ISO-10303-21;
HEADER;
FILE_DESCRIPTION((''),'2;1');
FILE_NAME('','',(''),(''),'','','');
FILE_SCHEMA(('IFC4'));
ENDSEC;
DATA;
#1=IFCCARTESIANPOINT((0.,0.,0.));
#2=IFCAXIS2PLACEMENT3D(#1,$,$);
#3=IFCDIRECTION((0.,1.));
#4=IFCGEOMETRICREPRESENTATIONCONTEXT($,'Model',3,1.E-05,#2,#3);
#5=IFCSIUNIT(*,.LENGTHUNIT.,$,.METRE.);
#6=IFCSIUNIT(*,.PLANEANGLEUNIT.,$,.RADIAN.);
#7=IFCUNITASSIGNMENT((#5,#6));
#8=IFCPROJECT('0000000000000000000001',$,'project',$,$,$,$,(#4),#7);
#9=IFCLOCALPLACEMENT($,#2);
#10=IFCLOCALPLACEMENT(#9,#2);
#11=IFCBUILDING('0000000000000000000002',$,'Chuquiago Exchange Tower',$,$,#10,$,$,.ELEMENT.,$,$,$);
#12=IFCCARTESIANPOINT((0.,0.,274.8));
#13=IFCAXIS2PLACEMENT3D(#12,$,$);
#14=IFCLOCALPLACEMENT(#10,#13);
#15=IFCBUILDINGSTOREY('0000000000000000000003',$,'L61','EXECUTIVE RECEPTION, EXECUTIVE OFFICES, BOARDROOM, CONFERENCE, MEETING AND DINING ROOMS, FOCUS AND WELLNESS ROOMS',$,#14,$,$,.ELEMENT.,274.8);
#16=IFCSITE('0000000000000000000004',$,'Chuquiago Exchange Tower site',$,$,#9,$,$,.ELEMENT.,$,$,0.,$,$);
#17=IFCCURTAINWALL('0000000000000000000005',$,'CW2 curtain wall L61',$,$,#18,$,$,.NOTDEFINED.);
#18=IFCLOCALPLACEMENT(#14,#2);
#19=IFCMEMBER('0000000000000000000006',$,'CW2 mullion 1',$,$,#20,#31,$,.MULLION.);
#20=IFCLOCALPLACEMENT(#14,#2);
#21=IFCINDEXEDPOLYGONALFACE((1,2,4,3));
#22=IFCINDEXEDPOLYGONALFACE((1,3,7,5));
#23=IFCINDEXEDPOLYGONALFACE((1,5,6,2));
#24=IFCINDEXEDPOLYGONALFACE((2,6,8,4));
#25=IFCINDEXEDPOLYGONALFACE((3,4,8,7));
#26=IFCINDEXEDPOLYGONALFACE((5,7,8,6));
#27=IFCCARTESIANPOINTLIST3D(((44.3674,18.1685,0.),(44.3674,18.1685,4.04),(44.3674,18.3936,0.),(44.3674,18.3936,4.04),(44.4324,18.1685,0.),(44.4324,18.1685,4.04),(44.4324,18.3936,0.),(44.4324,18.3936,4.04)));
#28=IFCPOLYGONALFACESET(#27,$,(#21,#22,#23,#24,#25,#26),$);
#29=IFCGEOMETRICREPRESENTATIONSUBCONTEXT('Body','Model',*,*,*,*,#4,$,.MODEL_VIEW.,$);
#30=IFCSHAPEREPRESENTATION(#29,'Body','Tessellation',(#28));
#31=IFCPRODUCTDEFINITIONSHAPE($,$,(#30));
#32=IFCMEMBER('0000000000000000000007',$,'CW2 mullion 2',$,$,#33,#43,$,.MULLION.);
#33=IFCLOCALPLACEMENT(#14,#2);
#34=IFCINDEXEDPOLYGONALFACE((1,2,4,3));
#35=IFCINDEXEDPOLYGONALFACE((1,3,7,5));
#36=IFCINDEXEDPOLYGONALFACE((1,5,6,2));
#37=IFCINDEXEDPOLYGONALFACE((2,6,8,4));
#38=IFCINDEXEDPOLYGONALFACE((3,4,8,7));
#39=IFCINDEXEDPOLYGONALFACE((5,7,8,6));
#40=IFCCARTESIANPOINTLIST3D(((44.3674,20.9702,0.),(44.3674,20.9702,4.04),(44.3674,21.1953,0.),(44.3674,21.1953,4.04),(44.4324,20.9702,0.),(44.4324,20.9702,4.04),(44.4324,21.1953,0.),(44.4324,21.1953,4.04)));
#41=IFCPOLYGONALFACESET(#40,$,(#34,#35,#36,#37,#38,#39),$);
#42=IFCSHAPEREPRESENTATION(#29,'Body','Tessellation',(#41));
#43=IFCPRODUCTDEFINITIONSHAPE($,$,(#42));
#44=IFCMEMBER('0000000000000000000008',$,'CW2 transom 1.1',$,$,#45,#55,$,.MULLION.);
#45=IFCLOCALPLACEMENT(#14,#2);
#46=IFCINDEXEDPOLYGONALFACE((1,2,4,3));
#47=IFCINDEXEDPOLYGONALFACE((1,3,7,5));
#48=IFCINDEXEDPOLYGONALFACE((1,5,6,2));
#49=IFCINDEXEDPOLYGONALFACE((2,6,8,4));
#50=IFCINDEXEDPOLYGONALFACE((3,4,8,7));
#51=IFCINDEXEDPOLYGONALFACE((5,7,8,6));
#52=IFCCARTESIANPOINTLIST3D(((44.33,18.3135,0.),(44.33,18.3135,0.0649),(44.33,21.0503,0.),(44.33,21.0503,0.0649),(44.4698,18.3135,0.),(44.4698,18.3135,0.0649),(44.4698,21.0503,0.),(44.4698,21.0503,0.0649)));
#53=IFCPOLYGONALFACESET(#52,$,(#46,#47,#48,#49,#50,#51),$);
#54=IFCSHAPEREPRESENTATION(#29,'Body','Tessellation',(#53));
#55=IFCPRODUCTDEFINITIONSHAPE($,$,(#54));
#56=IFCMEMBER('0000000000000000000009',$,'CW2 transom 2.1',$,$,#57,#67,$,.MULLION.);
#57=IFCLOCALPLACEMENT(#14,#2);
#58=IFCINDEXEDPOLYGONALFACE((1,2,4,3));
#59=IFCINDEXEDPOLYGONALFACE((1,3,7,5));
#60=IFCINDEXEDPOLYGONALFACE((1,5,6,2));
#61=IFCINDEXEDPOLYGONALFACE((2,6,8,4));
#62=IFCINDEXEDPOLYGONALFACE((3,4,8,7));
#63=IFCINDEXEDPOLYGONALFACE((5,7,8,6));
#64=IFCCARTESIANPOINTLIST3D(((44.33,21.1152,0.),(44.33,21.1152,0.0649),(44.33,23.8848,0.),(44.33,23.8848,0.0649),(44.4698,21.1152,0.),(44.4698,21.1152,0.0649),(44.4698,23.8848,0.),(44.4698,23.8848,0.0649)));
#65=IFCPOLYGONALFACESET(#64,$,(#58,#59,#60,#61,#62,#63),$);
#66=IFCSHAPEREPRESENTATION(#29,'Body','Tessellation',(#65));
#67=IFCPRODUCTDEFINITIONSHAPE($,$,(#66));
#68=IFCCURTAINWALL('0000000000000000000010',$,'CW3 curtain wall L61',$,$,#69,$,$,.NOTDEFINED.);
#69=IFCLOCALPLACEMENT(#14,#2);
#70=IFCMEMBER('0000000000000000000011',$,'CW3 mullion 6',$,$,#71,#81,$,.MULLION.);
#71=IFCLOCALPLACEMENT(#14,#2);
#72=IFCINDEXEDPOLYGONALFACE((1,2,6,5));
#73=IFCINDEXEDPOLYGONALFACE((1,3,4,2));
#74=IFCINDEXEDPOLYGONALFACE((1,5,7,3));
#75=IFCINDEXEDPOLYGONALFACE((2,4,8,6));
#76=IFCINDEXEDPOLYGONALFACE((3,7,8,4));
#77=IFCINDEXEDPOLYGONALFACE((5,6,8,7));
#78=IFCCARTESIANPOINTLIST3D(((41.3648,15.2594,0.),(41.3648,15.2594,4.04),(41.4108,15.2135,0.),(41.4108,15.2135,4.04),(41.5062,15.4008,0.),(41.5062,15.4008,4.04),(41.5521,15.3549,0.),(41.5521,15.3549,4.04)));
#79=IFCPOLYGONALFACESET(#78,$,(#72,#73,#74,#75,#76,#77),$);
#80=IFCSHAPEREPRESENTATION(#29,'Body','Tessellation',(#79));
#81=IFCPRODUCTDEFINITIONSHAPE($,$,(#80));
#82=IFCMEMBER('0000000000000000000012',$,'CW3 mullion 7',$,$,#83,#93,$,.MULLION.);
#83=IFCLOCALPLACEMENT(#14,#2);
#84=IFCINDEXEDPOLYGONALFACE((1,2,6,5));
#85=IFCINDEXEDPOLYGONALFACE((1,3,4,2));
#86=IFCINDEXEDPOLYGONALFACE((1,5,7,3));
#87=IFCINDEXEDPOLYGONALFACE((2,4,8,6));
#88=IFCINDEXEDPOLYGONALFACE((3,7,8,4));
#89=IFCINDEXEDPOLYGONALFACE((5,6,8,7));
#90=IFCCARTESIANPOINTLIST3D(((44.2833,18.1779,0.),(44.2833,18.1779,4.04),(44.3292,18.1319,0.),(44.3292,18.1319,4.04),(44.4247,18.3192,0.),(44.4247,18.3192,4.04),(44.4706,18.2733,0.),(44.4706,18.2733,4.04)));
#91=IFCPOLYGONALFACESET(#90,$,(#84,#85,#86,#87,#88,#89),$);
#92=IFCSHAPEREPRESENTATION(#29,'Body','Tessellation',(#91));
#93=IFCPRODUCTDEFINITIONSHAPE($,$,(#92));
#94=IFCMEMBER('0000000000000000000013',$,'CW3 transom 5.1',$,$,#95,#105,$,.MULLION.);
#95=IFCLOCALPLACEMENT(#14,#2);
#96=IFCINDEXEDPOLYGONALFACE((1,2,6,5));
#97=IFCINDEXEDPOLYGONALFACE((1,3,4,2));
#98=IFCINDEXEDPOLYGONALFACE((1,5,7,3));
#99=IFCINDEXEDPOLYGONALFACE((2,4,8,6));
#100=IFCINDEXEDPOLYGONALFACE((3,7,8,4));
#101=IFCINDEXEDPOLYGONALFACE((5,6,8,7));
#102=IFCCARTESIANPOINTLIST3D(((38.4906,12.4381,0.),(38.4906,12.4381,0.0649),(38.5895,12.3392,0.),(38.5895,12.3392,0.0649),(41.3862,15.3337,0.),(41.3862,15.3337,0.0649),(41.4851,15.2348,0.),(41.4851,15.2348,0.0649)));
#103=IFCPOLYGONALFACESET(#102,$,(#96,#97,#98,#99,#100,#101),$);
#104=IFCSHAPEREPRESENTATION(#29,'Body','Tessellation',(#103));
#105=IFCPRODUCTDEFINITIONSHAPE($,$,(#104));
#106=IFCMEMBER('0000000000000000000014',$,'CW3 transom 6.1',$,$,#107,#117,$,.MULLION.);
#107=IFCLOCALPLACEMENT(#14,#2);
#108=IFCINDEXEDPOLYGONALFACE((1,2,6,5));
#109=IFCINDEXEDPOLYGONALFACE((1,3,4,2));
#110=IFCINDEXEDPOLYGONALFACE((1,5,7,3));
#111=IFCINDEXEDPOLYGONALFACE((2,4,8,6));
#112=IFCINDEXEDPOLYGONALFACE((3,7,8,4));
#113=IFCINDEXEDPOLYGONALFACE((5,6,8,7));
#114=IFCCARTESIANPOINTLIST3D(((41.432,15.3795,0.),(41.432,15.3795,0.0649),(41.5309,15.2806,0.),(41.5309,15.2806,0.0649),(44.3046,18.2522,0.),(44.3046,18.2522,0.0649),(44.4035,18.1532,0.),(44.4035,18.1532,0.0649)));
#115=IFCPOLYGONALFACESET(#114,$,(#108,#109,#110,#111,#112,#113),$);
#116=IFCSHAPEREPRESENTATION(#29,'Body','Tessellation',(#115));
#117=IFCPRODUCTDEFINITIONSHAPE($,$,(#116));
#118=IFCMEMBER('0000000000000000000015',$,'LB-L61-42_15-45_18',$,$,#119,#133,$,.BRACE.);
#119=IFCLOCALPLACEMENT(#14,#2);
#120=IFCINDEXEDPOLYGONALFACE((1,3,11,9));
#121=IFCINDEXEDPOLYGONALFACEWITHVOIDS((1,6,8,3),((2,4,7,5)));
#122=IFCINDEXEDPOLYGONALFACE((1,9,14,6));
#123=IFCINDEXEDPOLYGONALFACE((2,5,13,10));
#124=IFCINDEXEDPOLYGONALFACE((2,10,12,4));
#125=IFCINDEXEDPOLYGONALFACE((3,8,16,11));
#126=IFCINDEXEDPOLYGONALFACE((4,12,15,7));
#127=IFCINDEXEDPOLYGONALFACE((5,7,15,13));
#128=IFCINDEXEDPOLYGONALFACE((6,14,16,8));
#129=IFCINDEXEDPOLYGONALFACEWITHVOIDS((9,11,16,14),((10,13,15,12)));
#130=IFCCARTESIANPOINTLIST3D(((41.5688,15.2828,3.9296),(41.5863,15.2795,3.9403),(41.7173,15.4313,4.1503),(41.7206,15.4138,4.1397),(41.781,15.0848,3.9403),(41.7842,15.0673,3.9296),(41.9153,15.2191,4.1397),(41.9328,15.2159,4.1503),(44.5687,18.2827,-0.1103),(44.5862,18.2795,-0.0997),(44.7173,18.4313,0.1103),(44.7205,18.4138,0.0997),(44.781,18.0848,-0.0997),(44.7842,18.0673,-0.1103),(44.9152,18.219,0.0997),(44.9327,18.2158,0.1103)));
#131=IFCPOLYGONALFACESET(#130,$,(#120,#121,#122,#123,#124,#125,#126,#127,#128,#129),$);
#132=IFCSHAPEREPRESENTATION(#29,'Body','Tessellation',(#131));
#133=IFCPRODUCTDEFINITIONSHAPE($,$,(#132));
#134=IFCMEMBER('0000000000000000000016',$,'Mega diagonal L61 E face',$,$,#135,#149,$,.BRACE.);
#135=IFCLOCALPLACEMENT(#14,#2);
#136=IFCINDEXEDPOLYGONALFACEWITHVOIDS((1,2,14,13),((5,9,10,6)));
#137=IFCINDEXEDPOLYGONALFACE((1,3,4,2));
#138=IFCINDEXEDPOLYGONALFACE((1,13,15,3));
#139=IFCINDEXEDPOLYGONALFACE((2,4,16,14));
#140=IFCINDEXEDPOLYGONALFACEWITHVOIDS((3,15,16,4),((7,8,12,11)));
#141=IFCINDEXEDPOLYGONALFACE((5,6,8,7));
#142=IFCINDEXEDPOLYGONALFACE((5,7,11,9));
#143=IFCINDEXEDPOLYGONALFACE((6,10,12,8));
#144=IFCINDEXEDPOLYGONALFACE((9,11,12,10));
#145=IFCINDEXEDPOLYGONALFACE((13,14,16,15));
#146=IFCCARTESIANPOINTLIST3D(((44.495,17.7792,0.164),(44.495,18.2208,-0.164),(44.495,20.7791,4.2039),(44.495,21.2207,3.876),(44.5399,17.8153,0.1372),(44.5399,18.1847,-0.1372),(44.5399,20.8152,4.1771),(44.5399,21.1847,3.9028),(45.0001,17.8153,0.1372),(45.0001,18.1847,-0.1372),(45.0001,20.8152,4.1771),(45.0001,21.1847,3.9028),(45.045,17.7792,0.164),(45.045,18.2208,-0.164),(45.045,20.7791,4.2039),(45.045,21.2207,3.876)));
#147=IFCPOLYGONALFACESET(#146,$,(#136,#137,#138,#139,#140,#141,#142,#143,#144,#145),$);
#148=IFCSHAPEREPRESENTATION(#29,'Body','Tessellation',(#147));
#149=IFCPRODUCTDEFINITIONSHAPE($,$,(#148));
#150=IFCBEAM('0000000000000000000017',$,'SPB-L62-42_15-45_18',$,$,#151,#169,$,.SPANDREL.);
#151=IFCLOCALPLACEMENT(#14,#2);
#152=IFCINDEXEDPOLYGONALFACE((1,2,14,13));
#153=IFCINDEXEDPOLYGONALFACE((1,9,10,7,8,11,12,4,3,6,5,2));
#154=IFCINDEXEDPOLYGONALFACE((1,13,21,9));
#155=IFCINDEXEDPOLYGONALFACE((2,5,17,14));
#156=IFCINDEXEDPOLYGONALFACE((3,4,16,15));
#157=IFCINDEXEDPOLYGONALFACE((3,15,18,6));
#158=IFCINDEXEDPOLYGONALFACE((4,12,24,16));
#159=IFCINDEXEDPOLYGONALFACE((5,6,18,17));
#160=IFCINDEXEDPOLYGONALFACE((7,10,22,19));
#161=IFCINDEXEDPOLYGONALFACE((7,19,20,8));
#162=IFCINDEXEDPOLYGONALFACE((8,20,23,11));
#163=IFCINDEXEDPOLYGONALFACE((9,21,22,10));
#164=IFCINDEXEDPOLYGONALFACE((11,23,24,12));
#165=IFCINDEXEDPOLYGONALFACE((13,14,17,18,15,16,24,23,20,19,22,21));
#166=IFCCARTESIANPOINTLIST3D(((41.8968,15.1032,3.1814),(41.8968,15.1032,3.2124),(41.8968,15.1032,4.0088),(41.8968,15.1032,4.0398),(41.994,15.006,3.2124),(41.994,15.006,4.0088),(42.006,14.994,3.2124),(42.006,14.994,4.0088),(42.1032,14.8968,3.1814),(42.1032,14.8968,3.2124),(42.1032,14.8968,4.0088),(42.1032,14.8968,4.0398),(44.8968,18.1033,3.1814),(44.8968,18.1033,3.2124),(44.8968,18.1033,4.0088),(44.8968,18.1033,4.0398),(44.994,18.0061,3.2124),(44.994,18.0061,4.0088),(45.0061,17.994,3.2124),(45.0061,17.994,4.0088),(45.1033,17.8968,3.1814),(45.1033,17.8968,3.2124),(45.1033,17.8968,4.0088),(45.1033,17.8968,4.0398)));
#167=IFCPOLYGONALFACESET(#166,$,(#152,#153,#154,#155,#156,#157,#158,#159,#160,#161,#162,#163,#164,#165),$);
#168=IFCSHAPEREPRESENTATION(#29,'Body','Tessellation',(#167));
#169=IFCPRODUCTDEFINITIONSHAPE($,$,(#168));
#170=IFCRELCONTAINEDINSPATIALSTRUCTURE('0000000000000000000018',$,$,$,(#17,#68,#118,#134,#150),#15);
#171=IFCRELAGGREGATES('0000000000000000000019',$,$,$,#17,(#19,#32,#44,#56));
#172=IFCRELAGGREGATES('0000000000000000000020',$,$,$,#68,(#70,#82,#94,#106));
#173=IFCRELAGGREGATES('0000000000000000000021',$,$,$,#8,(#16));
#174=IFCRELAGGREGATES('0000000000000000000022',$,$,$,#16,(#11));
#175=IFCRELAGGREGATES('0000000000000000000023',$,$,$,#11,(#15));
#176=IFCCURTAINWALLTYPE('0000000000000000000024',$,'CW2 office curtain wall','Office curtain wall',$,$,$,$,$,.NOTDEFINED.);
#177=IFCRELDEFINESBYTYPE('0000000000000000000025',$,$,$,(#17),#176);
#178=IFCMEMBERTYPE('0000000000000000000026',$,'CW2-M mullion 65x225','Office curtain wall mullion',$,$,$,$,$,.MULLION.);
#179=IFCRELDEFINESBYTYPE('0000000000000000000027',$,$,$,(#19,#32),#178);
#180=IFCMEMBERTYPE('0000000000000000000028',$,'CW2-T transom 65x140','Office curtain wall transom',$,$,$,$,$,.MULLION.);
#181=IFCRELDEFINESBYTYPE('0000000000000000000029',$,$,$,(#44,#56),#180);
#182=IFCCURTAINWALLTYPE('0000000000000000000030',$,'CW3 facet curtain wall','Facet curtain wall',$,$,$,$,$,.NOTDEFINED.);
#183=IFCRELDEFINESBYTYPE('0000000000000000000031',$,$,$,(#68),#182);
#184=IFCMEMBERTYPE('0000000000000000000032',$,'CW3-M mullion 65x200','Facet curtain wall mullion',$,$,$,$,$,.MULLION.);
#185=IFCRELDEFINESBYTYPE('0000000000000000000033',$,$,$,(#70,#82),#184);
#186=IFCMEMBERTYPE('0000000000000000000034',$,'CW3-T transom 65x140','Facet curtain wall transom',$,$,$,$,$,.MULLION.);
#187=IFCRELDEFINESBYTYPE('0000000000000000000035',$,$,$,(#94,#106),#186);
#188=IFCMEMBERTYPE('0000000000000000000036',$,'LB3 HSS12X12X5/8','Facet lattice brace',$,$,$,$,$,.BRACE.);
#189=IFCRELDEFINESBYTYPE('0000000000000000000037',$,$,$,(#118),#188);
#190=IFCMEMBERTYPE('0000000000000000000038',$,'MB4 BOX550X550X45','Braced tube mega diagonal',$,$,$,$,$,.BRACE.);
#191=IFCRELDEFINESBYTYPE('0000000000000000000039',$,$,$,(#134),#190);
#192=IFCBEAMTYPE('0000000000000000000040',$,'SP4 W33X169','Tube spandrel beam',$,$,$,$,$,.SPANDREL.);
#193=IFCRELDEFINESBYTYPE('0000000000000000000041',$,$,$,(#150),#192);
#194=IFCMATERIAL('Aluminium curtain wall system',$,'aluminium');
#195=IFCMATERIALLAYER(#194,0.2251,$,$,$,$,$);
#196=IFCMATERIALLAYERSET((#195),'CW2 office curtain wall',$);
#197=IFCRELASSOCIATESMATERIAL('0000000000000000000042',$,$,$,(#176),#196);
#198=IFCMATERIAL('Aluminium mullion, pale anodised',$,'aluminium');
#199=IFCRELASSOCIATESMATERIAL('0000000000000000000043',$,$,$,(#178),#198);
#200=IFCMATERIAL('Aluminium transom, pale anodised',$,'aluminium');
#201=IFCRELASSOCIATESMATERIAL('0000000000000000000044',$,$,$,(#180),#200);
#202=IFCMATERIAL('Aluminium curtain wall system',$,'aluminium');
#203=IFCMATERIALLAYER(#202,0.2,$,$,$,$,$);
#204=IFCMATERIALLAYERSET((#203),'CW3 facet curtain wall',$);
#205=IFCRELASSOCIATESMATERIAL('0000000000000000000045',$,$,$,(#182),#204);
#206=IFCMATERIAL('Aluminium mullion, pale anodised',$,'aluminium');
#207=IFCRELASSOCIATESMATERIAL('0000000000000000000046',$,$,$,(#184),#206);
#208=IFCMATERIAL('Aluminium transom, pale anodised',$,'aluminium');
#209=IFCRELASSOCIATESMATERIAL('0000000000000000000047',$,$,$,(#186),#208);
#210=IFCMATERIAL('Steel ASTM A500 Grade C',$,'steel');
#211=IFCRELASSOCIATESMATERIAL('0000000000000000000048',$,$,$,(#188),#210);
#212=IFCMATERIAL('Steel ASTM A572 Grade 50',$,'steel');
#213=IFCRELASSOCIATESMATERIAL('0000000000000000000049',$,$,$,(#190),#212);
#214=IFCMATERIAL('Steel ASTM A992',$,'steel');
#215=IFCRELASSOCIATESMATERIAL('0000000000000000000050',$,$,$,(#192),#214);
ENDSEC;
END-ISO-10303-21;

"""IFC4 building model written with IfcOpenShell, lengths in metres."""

from ifc_helpers import new_model, si_unit, direction, frame, origin, origin_2d, place, context, subcontext, project, spatial, rectangle, hollow_rectangle, i_section, extrude, material, layer, layer_set, material_profile, profile_set, type_object, element, aggregate, save


model = new_model("IFC4")

# Units and contexts
model_context = context("Model", 3, precision=1e-05, world=origin(), true_north=direction((0.0, 1.0)))
body_context = subcontext(model_context, "Body", "Model", "MODEL_VIEW")
ifc_project = project(units=[si_unit("LENGTHUNIT", "METRE"), si_unit("PLANEANGLEUNIT", "RADIAN")], contexts=[model_context])

# Site, building, storey
site_placement = place(None, origin())
site = spatial("IfcSite", under=ifc_project, at=site_placement, Name="Chuquiago Exchange Tower site", CompositionType="ELEMENT", RefElevation=0.0)
building_placement = place(site_placement, origin())
building = spatial("IfcBuilding", under=site, at=building_placement, Name="Chuquiago Exchange Tower", CompositionType="ELEMENT")
storey_placement = place(building_placement, frame((0.0, 0.0, 274.8)))
storey = spatial("IfcBuildingStorey", under=building, at=storey_placement, Name="L61", Description="EXECUTIVE RECEPTION, EXECUTIVE OFFICES, BOARDROOM, CONFERENCE, MEETING AND DINING ROOMS, FOCUS AND WELLNESS ROOMS", CompositionType="ELEMENT", Elevation=274.8)

# Curtain walls, members
ifc_material_1 = material(Name="Aluminium curtain wall system", Category="aluminium")
ifc_layer_1 = layer(ifc_material_1, 0.2251)
ifc_layer_set_1 = layer_set([ifc_layer_1], Name="CW2 office curtain wall")
curtain_wall_type_1 = type_object("IfcCurtainWallType", Name="CW2 office curtain wall", Description="Office curtain wall", PredefinedType="NOTDEFINED", material=ifc_layer_set_1)
curtain_wall_1_placement = place(storey_placement, origin())
curtain_wall_1 = element("IfcCurtainWall", 1, at=curtain_wall_1_placement, inside=storey, type_object=curtain_wall_type_1, Name="CW2 curtain wall L61", PredefinedType="NOTDEFINED")
ifc_material_2 = material(Name="Aluminium mullion, pale anodised", Category="aluminium")
ifc_material_profile_1 = material_profile(ifc_material_2, rectangle(XDim=0.0649, YDim=0.2251, at=origin_2d()), Name="AL 65x225")
ifc_profile_set_1 = profile_set([ifc_material_profile_1], Name="Aluminium mullion, pale anodised")
member_type_1 = type_object("IfcMemberType", Name="CW2-M mullion 65x225", Description="Office curtain wall mullion", PredefinedType="MULLION", material=ifc_profile_set_1)
member_1_placement = place(storey_placement, frame((44.3999, 18.281, 0.0), z_axis=(0.0, 0.0, 1.0), x_axis=(-1.0, 0.0, 0.0)))
member_1 = element("IfcMember", 2, at=member_1_placement, type_object=member_type_1, Name="CW2 mullion 1", PredefinedType="MULLION", context=body_context, shape_type="SweptSolid", body=[
    extrude(rectangle(XDim=0.0649, YDim=0.2251, at=origin_2d()), origin(), (0.0, 0.0, 1.0), 4.04),
])
member_2_placement = place(storey_placement, frame((44.3999, 21.0828, 0.0), z_axis=(0.0, 0.0, 1.0), x_axis=(-1.0, 0.0, 0.0)))
member_2 = element("IfcMember", 3, at=member_2_placement, type_object=member_type_1, Name="CW2 mullion 2", PredefinedType="MULLION", context=body_context, shape_type="SweptSolid", body=[
    extrude(rectangle(XDim=0.0649, YDim=0.2251, at=origin_2d()), origin(), (0.0, 0.0, 1.0), 4.04),
])
ifc_material_3 = material(Name="Aluminium transom, pale anodised", Category="aluminium")
ifc_material_profile_2 = material_profile(ifc_material_3, rectangle(XDim=0.1399, YDim=0.0649, at=origin_2d()), Name="AL 140x65")
ifc_profile_set_2 = profile_set([ifc_material_profile_2], Name="Aluminium transom, pale anodised")
member_type_2 = type_object("IfcMemberType", Name="CW2-T transom 65x140", Description="Office curtain wall transom", PredefinedType="MULLION", material=ifc_profile_set_2)
member_3_placement = place(storey_placement, frame((44.3999, 18.3135, 0.0325), z_axis=(0.0, 1.0, 0.0), x_axis=(-1.0, 0.0, 0.0)))
member_3 = element("IfcMember", 4, at=member_3_placement, type_object=member_type_2, Name="CW2 transom 1.1", PredefinedType="MULLION", context=body_context, shape_type="SweptSolid", body=[
    extrude(rectangle(XDim=0.1399, YDim=0.0649, at=origin_2d()), origin(), (0.0, 0.0, 1.0), 2.7368),
])
member_4_placement = place(storey_placement, frame((44.3999, 21.1152, 0.0325), z_axis=(0.0, 1.0, 0.0), x_axis=(-1.0, 0.0, 0.0)))
member_4 = element("IfcMember", 5, at=member_4_placement, type_object=member_type_2, Name="CW2 transom 2.1", PredefinedType="MULLION", context=body_context, shape_type="SweptSolid", body=[
    extrude(rectangle(XDim=0.1399, YDim=0.0649, at=origin_2d()), origin(), (0.0, 0.0, 1.0), 2.7695),
])
ifc_material_4 = material(Name="Aluminium curtain wall system", Category="aluminium")
ifc_layer_2 = layer(ifc_material_4, 0.2)
ifc_layer_set_2 = layer_set([ifc_layer_2], Name="CW3 facet curtain wall")
curtain_wall_type_2 = type_object("IfcCurtainWallType", Name="CW3 facet curtain wall", Description="Facet curtain wall", PredefinedType="NOTDEFINED", material=ifc_layer_set_2)
curtain_wall_2_placement = place(storey_placement, origin())
curtain_wall_2 = element("IfcCurtainWall", 6, at=curtain_wall_2_placement, inside=storey, type_object=curtain_wall_type_2, Name="CW3 curtain wall L61", PredefinedType="NOTDEFINED")
ifc_material_5 = material(Name="Aluminium mullion, pale anodised", Category="aluminium")
ifc_material_profile_3 = material_profile(ifc_material_5, rectangle(XDim=0.0649, YDim=0.2, at=origin_2d()), Name="AL 65x200")
ifc_profile_set_3 = profile_set([ifc_material_profile_3], Name="Aluminium mullion, pale anodised")
member_type_3 = type_object("IfcMemberType", Name="CW3-M mullion 65x200", Description="Facet curtain wall mullion", PredefinedType="MULLION", material=ifc_profile_set_3)
member_5_placement = place(storey_placement, frame((41.4585, 15.3071, 0.0), z_axis=(0.0, 0.0, 1.0), x_axis=(-0.707107, 0.707107, 0.0)))
member_5 = element("IfcMember", 7, at=member_5_placement, type_object=member_type_3, Name="CW3 mullion 6", PredefinedType="MULLION", context=body_context, shape_type="SweptSolid", body=[
    extrude(rectangle(XDim=0.0649, YDim=0.2, at=origin_2d()), origin(), (0.0, 0.0, 1.0), 4.04),
])
member_6_placement = place(storey_placement, frame((44.377, 18.2256, 0.0), z_axis=(0.0, 0.0, 1.0), x_axis=(-0.707107, 0.707107, 0.0)))
member_6 = element("IfcMember", 8, at=member_6_placement, type_object=member_type_3, Name="CW3 mullion 7", PredefinedType="MULLION", context=body_context, shape_type="SweptSolid", body=[
    extrude(rectangle(XDim=0.0649, YDim=0.2, at=origin_2d()), origin(), (0.0, 0.0, 1.0), 4.04),
])
ifc_material_6 = material(Name="Aluminium transom, pale anodised", Category="aluminium")
ifc_material_profile_4 = material_profile(ifc_material_6, rectangle(XDim=0.1399, YDim=0.0649, at=origin_2d()), Name="AL 140x65")
ifc_profile_set_4 = profile_set([ifc_material_profile_4], Name="Aluminium transom, pale anodised")
member_type_4 = type_object("IfcMemberType", Name="CW3-T transom 65x140", Description="Facet curtain wall transom", PredefinedType="MULLION", material=ifc_profile_set_4)
member_7_placement = place(storey_placement, frame((38.54, 12.3887, 0.0325), z_axis=(0.707107, 0.707107, 0.0), x_axis=(-0.707107, 0.707107, 0.0)))
member_7 = element("IfcMember", 9, at=member_7_placement, type_object=member_type_4, Name="CW3 transom 5.1", PredefinedType="MULLION", context=body_context, shape_type="SweptSolid", body=[
    extrude(rectangle(XDim=0.1399, YDim=0.0649, at=origin_2d()), origin(), (0.0, 0.0, 1.0), 4.095),
])
member_8_placement = place(storey_placement, frame((41.4814, 15.3301, 0.0325), z_axis=(0.707107, 0.707107, 0.0), x_axis=(-0.707107, 0.707107, 0.0)))
member_8 = element("IfcMember", 10, at=member_8_placement, type_object=member_type_4, Name="CW3 transom 6.1", PredefinedType="MULLION", context=body_context, shape_type="SweptSolid", body=[
    extrude(rectangle(XDim=0.1399, YDim=0.0649, at=origin_2d()), origin(), (0.0, 0.0, 1.0), 4.0625),
])

# Members
ifc_material_7 = material(Name="Steel ASTM A500 Grade C", Category="steel")
ifc_material_profile_5 = material_profile(ifc_material_7, hollow_rectangle(XDim=0.3047, YDim=0.3047, WallThickness=0.0146, at=origin_2d()), Name="HSS12X12X5/8")
ifc_profile_set_5 = profile_set([ifc_material_profile_5], Name="Steel ASTM A500 Grade C")
member_type_5 = type_object("IfcMemberType", Name="LB3 HSS12X12X5/8", Description="Facet lattice brace", PredefinedType="BRACE", material=ifc_profile_set_5)
member_9_placement = place(storey_placement, frame((44.7507, 18.2493, 0.0), z_axis=(-0.512077, -0.512077, 0.689604), x_axis=(0.707107, -0.707107, 0.0)))
element("IfcMember", 11, at=member_9_placement, inside=storey, type_object=member_type_5, Name="LB-L61-42_15-45_18", PredefinedType="BRACE", context=body_context, shape_type="SweptSolid", body=[
    extrude(hollow_rectangle(XDim=0.3047, YDim=0.3047, WallThickness=0.0146, at=origin_2d()), origin(), (0.0, 0.0, 1.0), 5.8584),
])
ifc_material_8 = material(Name="Steel ASTM A572 Grade 50", Category="steel")
ifc_material_profile_6 = material_profile(ifc_material_8, hollow_rectangle(XDim=0.55, YDim=0.55, WallThickness=0.0449, at=origin_2d()), Name="BOX550X550X45")
ifc_profile_set_6 = profile_set([ifc_material_profile_6], Name="Steel ASTM A572 Grade 50")
member_type_6 = type_object("IfcMemberType", Name="MB4 BOX550X550X45", Description="Braced tube mega diagonal", PredefinedType="BRACE", material=ifc_profile_set_6)
member_10_placement = place(storey_placement, frame((44.77, 18.0, 0.0), z_axis=(0.0, 0.596174, 0.802855), x_axis=(-1.0, 0.0, 0.0)))
element("IfcMember", 12, at=member_10_placement, inside=storey, type_object=member_type_6, Name="Mega diagonal L61 E face", PredefinedType="BRACE", context=body_context, shape_type="SweptSolid", body=[
    extrude(hollow_rectangle(XDim=0.55, YDim=0.55, WallThickness=0.0449, at=origin_2d()), origin(), (0.0, 0.0, 1.0), 5.032),
])

# Beam
ifc_material_9 = material(Name="Steel ASTM A992", Category="steel")
ifc_material_profile_7 = material_profile(ifc_material_9, i_section(OverallWidth=0.292, OverallDepth=0.8584, WebThickness=0.0171, FlangeThickness=0.031, at=origin_2d()), Name="W33X169")
ifc_profile_set_7 = profile_set([ifc_material_profile_7], Name="Steel ASTM A992")
beam_type_1 = type_object("IfcBeamType", Name="SP4 W33X169", Description="Tube spandrel beam", PredefinedType="SPANDREL", material=ifc_profile_set_7)
beam_1_placement = place(storey_placement, frame((42.0, 15.0, 3.6106), z_axis=(0.707107, 0.707107, 0.0), x_axis=(-0.707107, 0.707107, 0.0)))
element("IfcBeam", 13, at=beam_1_placement, inside=storey, type_object=beam_type_1, Name="SPB-L62-42_15-45_18", PredefinedType="SPANDREL", context=body_context, shape_type="SweptSolid", body=[
    extrude(i_section(OverallWidth=0.292, OverallDepth=0.8584, WebThickness=0.0171, FlangeThickness=0.031, at=origin_2d()), origin(), (0.0, 0.0, 1.0), 4.2427),
])

aggregate(curtain_wall_1, [member_1, member_2, member_3, member_4])
aggregate(curtain_wall_2, [member_5, member_6, member_7, member_8])

save(model, "model.ifc")
